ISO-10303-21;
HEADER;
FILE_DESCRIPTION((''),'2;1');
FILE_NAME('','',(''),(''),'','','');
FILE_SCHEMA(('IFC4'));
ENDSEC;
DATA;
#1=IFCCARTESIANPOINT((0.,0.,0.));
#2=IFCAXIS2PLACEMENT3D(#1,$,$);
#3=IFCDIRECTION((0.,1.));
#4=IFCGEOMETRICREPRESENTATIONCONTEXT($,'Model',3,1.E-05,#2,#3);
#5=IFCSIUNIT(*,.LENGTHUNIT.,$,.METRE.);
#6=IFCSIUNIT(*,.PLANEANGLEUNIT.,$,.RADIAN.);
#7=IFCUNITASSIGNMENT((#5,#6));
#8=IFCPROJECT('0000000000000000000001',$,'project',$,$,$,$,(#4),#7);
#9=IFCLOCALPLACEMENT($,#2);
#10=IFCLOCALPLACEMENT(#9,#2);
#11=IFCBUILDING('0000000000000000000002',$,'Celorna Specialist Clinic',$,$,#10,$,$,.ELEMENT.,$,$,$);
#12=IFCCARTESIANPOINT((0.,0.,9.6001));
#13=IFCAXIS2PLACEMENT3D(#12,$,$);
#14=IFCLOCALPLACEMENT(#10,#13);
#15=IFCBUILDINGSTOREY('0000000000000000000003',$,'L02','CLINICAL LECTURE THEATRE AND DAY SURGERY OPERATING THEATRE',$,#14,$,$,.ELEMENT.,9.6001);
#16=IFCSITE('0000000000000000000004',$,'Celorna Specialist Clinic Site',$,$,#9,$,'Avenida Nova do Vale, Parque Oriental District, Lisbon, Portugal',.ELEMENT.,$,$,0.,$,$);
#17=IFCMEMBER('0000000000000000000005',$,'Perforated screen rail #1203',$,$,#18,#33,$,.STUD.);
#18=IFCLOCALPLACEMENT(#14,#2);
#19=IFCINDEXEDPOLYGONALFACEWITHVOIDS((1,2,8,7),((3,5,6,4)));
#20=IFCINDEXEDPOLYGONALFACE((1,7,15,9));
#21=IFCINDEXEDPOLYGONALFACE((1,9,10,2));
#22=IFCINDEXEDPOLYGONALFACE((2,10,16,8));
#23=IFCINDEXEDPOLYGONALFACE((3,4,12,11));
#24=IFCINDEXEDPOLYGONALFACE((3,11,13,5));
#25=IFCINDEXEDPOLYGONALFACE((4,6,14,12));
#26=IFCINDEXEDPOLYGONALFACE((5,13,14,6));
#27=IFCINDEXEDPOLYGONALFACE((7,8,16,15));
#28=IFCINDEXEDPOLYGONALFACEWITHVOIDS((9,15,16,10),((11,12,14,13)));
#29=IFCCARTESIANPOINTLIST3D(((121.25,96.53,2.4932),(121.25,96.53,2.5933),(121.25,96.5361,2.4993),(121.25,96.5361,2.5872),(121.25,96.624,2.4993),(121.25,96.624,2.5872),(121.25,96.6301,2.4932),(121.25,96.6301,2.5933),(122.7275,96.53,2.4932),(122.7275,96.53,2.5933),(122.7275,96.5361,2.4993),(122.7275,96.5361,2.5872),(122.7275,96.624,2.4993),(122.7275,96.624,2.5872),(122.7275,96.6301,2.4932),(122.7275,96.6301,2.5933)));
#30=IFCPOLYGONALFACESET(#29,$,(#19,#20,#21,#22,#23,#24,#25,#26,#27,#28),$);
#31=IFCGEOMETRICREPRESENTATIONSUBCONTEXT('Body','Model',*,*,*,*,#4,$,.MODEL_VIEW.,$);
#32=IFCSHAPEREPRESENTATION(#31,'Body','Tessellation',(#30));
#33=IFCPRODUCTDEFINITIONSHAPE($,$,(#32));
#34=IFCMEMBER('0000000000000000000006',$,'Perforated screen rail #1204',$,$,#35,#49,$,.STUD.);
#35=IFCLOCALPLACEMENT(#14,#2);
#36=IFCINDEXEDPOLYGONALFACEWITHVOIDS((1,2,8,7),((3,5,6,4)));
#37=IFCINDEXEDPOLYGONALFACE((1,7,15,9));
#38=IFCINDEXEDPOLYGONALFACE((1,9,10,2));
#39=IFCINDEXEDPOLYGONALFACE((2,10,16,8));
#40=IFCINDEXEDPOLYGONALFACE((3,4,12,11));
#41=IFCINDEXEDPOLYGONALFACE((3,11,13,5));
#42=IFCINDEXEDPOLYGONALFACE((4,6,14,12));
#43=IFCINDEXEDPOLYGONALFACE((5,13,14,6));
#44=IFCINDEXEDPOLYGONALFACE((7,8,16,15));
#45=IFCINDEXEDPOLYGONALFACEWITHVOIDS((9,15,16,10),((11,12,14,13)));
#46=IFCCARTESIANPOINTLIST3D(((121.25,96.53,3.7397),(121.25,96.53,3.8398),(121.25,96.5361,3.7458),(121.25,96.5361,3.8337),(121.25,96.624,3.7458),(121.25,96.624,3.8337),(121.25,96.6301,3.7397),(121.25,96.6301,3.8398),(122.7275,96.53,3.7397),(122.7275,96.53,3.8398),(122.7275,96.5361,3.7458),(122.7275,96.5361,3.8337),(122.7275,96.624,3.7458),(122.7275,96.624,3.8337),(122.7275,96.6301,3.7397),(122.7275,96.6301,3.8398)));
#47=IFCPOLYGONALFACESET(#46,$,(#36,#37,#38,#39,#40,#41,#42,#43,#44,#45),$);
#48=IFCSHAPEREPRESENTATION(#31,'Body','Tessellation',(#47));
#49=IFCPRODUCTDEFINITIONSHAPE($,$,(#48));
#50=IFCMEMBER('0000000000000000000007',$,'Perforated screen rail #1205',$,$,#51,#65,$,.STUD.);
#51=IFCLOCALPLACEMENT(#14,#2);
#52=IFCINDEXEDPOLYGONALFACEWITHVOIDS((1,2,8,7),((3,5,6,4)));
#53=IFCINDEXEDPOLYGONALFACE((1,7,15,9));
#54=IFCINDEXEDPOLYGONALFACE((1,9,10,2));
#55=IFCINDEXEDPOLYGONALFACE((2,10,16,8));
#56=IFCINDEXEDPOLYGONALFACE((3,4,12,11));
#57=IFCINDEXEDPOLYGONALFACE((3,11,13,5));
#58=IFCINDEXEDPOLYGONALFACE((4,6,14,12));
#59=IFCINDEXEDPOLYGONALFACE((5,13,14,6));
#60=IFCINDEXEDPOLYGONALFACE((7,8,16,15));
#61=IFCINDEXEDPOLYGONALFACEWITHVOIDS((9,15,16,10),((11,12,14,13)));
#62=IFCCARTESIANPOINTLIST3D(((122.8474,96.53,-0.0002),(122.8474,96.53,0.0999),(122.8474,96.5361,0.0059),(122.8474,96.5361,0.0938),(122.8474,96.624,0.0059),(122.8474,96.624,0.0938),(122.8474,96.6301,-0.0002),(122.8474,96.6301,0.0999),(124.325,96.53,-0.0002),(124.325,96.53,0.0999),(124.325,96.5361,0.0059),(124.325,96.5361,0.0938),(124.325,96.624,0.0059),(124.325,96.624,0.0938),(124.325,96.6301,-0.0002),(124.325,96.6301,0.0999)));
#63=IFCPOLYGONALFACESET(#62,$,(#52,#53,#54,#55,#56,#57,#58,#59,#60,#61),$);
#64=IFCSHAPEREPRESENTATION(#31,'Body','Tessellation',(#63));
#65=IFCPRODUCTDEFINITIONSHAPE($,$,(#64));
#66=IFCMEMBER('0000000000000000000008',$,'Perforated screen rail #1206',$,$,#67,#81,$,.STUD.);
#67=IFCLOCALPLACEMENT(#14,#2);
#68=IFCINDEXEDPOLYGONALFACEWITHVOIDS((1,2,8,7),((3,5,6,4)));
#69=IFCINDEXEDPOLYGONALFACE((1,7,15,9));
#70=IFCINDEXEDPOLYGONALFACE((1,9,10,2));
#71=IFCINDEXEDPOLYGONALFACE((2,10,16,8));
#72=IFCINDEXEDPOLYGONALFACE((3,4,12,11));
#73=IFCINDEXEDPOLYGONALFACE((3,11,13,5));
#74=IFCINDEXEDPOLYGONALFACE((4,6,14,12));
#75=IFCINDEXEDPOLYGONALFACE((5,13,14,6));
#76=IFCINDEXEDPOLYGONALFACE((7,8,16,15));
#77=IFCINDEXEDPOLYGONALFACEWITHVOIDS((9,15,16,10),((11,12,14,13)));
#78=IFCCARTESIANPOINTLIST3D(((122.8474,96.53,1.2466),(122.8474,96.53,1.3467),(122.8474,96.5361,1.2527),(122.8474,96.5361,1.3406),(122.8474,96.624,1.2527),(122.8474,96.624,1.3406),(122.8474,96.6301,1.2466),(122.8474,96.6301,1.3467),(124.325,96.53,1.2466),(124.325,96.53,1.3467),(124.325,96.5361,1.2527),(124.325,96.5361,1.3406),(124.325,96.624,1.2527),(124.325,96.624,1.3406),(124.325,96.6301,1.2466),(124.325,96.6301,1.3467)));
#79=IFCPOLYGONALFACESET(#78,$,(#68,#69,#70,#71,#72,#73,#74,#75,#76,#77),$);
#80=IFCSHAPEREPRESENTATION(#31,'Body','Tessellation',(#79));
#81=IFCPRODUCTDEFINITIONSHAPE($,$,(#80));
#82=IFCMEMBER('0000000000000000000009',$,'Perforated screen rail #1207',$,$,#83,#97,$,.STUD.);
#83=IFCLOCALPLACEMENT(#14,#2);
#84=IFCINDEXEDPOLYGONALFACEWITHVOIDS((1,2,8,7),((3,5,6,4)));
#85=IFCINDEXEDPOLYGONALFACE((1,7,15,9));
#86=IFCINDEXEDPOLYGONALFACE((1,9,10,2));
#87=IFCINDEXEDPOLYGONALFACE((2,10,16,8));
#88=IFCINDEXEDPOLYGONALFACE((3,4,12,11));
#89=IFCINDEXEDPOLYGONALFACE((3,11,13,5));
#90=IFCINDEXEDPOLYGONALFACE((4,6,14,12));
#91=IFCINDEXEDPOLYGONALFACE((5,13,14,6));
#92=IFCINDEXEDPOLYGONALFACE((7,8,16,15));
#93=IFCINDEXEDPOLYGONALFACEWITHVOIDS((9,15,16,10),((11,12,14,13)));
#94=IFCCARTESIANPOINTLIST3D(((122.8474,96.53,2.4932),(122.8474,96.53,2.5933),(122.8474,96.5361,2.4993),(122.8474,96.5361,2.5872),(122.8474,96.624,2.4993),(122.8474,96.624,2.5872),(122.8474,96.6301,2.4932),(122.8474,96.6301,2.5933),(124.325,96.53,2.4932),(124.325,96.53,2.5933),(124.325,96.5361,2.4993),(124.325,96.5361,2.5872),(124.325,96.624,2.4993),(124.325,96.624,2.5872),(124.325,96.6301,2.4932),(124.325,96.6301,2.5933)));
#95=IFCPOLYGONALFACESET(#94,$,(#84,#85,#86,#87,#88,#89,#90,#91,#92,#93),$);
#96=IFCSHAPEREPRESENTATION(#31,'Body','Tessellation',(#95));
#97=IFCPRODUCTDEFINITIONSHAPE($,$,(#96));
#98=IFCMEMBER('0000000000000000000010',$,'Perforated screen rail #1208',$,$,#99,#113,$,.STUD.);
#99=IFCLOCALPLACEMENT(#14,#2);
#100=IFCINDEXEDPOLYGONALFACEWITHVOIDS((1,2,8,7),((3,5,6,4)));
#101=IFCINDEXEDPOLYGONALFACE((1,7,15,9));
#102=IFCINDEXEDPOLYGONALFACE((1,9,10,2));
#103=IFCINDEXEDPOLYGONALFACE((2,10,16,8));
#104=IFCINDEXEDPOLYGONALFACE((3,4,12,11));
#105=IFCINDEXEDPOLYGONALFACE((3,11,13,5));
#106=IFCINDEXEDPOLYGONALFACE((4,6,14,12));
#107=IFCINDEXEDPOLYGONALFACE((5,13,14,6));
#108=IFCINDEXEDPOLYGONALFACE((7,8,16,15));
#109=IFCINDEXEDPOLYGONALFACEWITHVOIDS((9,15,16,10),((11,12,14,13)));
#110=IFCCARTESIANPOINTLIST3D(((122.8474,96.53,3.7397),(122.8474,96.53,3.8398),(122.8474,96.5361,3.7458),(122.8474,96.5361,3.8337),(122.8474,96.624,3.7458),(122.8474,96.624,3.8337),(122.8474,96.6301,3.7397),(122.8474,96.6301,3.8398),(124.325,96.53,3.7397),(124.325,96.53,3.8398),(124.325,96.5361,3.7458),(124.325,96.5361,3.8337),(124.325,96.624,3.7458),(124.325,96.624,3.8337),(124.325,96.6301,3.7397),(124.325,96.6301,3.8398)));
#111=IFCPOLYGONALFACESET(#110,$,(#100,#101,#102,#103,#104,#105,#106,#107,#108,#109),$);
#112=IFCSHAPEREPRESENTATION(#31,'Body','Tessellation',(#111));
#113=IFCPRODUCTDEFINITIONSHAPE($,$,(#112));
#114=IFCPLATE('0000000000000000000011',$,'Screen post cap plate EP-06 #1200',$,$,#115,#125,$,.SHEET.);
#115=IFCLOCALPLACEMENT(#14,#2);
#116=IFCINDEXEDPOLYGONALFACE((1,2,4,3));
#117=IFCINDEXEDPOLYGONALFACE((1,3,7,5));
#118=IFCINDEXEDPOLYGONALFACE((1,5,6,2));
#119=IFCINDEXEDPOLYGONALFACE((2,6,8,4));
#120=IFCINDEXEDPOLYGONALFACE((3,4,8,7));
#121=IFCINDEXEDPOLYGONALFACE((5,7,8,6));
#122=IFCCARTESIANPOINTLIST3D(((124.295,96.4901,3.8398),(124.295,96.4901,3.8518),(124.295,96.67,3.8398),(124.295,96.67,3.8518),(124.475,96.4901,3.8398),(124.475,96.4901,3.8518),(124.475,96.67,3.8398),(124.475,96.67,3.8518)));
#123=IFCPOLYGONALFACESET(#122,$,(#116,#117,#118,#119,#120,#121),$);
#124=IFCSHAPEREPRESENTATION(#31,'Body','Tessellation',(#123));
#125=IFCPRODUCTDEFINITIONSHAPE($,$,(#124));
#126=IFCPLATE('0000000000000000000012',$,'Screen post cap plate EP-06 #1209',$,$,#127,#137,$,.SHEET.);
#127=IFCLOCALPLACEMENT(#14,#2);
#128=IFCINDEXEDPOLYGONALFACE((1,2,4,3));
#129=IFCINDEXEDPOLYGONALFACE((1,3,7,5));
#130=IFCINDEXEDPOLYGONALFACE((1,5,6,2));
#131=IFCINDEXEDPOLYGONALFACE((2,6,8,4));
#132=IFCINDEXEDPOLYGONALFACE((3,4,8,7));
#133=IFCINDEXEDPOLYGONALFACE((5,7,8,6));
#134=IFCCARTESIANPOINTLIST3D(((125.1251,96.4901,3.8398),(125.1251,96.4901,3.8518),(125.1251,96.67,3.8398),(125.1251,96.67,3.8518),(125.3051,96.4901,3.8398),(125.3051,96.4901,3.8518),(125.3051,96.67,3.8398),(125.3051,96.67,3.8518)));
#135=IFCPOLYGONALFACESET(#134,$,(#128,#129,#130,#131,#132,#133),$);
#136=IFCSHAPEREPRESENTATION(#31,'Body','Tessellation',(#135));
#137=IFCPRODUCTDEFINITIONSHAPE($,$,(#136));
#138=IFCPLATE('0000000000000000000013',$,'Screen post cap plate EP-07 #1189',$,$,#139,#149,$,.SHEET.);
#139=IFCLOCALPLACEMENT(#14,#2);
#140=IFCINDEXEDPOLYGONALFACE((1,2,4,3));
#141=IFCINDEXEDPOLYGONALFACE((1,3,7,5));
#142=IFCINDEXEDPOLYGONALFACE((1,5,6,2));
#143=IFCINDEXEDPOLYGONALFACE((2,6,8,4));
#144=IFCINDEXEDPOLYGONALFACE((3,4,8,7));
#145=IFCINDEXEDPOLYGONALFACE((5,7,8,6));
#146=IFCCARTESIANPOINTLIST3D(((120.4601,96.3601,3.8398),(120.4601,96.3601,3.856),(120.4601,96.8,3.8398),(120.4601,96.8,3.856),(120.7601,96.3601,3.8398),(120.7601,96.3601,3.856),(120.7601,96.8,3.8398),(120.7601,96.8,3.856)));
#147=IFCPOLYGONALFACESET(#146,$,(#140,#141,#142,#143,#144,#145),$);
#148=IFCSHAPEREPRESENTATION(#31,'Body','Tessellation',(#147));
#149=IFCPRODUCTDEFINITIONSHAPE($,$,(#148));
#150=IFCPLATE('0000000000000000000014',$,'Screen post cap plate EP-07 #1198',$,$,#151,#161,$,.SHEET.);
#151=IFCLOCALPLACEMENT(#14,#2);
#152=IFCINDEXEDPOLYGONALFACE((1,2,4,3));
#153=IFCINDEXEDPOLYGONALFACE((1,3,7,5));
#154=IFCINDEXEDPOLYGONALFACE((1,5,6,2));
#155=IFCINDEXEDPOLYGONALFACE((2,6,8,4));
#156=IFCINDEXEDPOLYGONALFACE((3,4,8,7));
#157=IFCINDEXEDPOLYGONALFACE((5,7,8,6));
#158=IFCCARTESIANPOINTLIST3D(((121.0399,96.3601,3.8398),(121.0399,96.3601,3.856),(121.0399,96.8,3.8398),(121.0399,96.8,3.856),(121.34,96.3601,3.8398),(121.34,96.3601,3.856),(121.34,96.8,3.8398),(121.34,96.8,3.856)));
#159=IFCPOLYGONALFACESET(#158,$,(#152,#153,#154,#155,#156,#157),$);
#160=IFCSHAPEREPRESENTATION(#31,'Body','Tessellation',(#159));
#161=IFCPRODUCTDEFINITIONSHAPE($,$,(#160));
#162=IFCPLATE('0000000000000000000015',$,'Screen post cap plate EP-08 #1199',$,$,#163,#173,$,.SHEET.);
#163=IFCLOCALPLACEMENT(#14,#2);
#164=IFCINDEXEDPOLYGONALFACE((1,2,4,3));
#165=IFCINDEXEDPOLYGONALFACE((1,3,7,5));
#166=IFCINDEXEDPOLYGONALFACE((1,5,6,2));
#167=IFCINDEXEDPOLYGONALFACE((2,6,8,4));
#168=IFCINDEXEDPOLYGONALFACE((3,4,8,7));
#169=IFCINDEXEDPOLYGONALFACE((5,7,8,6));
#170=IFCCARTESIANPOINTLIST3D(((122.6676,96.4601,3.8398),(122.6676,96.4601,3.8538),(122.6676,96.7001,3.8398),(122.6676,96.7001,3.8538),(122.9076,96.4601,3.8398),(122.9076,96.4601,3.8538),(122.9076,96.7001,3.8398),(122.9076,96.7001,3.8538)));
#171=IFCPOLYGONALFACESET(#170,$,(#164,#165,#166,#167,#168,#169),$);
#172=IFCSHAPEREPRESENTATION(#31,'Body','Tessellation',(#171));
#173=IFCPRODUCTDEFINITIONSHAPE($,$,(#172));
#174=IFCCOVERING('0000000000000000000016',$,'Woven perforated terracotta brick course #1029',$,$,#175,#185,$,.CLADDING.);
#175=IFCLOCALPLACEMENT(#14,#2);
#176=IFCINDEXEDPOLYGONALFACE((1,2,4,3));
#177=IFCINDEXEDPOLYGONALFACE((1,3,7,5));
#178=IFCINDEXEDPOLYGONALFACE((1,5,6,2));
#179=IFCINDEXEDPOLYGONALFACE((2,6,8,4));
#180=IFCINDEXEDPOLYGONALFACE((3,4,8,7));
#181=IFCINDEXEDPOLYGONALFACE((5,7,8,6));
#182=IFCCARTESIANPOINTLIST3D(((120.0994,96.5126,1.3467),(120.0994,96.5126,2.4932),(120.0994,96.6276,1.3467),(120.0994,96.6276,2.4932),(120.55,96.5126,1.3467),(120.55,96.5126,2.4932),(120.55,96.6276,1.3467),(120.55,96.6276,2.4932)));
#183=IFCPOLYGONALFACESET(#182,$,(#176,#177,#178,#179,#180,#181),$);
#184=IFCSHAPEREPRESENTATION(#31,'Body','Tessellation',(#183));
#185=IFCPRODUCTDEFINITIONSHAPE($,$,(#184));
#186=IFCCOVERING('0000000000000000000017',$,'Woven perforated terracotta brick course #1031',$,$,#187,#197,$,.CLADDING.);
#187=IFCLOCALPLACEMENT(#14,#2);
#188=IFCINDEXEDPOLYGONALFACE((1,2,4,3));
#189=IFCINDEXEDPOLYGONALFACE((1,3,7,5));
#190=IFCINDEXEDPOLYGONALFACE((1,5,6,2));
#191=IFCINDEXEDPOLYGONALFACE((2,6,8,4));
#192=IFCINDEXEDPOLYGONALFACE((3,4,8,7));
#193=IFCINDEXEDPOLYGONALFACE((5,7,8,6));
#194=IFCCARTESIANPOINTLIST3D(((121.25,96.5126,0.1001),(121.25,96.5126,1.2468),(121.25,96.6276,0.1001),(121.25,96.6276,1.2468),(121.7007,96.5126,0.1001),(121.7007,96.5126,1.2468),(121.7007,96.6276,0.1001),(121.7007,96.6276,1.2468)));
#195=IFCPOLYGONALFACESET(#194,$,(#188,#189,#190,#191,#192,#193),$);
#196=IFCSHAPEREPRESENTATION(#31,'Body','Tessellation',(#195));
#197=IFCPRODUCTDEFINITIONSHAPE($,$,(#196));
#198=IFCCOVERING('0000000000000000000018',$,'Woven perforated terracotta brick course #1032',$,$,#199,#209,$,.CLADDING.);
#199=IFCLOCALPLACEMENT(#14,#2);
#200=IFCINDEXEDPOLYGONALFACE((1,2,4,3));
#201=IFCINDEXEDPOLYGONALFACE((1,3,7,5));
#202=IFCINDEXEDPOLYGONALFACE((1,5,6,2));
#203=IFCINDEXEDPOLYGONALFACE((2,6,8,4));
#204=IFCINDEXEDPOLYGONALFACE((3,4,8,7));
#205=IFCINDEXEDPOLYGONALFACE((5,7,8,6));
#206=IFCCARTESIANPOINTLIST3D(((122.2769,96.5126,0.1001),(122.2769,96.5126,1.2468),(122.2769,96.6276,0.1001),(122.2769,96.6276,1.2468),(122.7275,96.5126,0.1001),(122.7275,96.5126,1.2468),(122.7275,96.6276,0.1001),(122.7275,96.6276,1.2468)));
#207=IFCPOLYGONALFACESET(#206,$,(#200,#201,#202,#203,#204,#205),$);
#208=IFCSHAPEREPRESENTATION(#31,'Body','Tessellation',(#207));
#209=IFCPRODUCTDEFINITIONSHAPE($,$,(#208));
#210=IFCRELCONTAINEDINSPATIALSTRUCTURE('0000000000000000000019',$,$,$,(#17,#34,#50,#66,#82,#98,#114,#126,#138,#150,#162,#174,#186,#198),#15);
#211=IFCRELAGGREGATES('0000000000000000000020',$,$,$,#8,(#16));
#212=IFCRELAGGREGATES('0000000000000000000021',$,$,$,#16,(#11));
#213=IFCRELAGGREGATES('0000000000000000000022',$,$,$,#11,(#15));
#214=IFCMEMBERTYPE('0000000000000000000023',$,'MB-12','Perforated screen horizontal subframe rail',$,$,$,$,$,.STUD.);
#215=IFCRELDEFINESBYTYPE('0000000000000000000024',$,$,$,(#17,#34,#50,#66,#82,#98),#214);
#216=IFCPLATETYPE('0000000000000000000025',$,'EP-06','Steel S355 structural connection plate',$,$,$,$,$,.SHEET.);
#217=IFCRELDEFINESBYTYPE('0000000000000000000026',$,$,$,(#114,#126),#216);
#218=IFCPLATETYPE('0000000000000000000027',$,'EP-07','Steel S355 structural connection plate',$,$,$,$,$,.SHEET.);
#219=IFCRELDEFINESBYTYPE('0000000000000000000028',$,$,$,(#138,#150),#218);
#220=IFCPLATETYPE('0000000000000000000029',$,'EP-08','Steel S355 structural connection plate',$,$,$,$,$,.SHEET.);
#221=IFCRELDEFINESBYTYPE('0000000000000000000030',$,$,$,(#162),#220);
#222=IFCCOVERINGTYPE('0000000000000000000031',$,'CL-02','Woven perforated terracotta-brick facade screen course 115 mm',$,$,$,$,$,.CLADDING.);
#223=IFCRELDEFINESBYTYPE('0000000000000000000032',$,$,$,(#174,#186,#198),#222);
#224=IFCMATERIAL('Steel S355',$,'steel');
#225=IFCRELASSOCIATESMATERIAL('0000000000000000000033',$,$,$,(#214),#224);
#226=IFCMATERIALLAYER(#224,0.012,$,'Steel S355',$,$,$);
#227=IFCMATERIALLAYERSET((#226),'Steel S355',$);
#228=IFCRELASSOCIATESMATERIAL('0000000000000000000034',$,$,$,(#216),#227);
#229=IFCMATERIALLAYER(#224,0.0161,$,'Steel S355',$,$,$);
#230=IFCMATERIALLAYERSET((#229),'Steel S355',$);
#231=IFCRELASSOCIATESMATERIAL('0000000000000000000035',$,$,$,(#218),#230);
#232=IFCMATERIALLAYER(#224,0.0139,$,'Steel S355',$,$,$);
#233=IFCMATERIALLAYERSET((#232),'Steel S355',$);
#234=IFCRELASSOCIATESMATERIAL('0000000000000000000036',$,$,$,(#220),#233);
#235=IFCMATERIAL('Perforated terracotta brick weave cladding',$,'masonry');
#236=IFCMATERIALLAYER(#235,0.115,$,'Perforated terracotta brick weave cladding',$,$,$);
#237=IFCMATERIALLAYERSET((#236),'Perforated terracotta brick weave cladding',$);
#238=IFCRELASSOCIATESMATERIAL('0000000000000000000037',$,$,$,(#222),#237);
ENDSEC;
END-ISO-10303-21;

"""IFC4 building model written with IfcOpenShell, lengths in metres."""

from ifc_helpers import new_model, si_unit, direction, frame, origin, origin_2d, place, context, subcontext, project, spatial, rectangle, hollow_rectangle, extrude, material, layer, layer_set, material_profile, profile_set, type_object, element, save


model = new_model("IFC4")

# Units and contexts
model_context = context("Model", 3, precision=1e-05, world=origin(), true_north=direction((0.0, 1.0)))
body_context = subcontext(model_context, "Body", "Model", "MODEL_VIEW")
ifc_project = project(units=[si_unit("LENGTHUNIT", "METRE"), si_unit("PLANEANGLEUNIT", "RADIAN")], contexts=[model_context])

# Site, building, storey
site_placement = place(None, origin())
site = spatial("IfcSite", under=ifc_project, at=site_placement, Name="Celorna Specialist Clinic Site", LongName="Avenida Nova do Vale, Parque Oriental District, Lisbon, Portugal", CompositionType="ELEMENT", RefElevation=0.0)
building_placement = place(site_placement, origin())
building = spatial("IfcBuilding", under=site, at=building_placement, Name="Celorna Specialist Clinic", CompositionType="ELEMENT")
storey_placement = place(building_placement, frame((0.0, 0.0, 9.6001)))
storey = spatial("IfcBuildingStorey", under=building, at=storey_placement, Name="L02", Description="CLINICAL LECTURE THEATRE AND DAY SURGERY OPERATING THEATRE", CompositionType="ELEMENT", Elevation=9.6001)

# Shared definitions
ifc_material_1 = material(Name="Steel S355", Category="steel")

# Members
ifc_material_profile_1 = material_profile(ifc_material_1, hollow_rectangle(XDim=0.1001, YDim=0.1001, WallThickness=0.0061, at=origin_2d()), Name="SHS 100x100x6")
ifc_profile_set_1 = profile_set([ifc_material_profile_1], Name="Steel S355")
member_type_1 = type_object("IfcMemberType", Name="MB-12", Description="Perforated screen horizontal subframe rail", PredefinedType="STUD", material=ifc_profile_set_1)
for number, where, z_axis, x_axis, name in (
    (1, (121.25, 96.5801, 2.5432), (1.0, 0.0, 0.0), (0.0, 1.0, 0.0), "Perforated screen rail #1203"),
    (2, (121.25, 96.5801, 3.7898), (1.0, 0.0, 0.0), (0.0, 1.0, 0.0), "Perforated screen rail #1204"),
    (3, (122.8474, 96.5801, 0.0498), (1.0, 0.0, 0.0), (0.0, 1.0, 0.0), "Perforated screen rail #1205"),
    (4, (122.8474, 96.5801, 1.2966), (1.0, 0.0, 0.0), (0.0, 1.0, 0.0), "Perforated screen rail #1206"),
    (5, (122.8474, 96.5801, 2.5432), (1.0, 0.0, 0.0), (0.0, 1.0, 0.0), "Perforated screen rail #1207"),
    (6, (122.8474, 96.5801, 3.7898), (1.0, 0.0, 0.0), (0.0, 1.0, 0.0), "Perforated screen rail #1208"),
):
    element("IfcMember", number, at=place(storey_placement, frame(where, z_axis=z_axis, x_axis=x_axis)), inside=storey, type_object=member_type_1, Name=name, PredefinedType="STUD", context=body_context, shape_type="SweptSolid", body=[
        extrude(hollow_rectangle(XDim=0.1001, YDim=0.1001, WallThickness=0.0061, at=origin_2d()), origin(), (0.0, 0.0, 1.0), 1.4775),
    ])

# Plates
ifc_layer_1 = layer(ifc_material_1, 0.012, Name="Steel S355")
ifc_layer_set_1 = layer_set([ifc_layer_1], Name="Steel S355")
plate_type_1 = type_object("IfcPlateType", Name="EP-06", Description="Steel S355 structural connection plate", PredefinedType="SHEET", material=ifc_layer_set_1)
for number, where, z_axis, x_axis, name in (
    (7, (124.385, 96.5801, 3.8398), (0.0, 0.0, 1.0), (1.0, 0.0, 0.0), "Screen post cap plate EP-06 #1200"),
    (8, (125.2151, 96.5801, 3.8398), (0.0, 0.0, 1.0), (1.0, 0.0, 0.0), "Screen post cap plate EP-06 #1209"),
):
    element("IfcPlate", number, at=place(storey_placement, frame(where, z_axis=z_axis, x_axis=x_axis)), inside=storey, type_object=plate_type_1, Name=name, PredefinedType="SHEET", context=body_context, shape_type="SweptSolid", body=[
        extrude(rectangle(XDim=0.1799, YDim=0.1799, at=origin_2d()), origin(), (0.0, 0.0, 1.0), 0.012),
    ])
ifc_layer_2 = layer(ifc_material_1, 0.0161, Name="Steel S355")
ifc_layer_set_2 = layer_set([ifc_layer_2], Name="Steel S355")
plate_type_2 = type_object("IfcPlateType", Name="EP-07", Description="Steel S355 structural connection plate", PredefinedType="SHEET", material=ifc_layer_set_2)
for number, where, z_axis, x_axis, name in (
    (9, (120.6101, 96.5801, 3.8398), (0.0, 0.0, 1.0), (1.0, 0.0, 0.0), "Screen post cap plate EP-07 #1189"),
    (10, (121.1899, 96.5801, 3.8398), (0.0, 0.0, 1.0), (1.0, 0.0, 0.0), "Screen post cap plate EP-07 #1198"),
):
    element("IfcPlate", number, at=place(storey_placement, frame(where, z_axis=z_axis, x_axis=x_axis)), inside=storey, type_object=plate_type_2, Name=name, PredefinedType="SHEET", context=body_context, shape_type="SweptSolid", body=[
        extrude(rectangle(XDim=0.3, YDim=0.4399, at=origin_2d()), origin(), (0.0, 0.0, 1.0), 0.0161),
    ])
ifc_layer_3 = layer(ifc_material_1, 0.0139, Name="Steel S355")
ifc_layer_set_3 = layer_set([ifc_layer_3], Name="Steel S355")
plate_type_3 = type_object("IfcPlateType", Name="EP-08", Description="Steel S355 structural connection plate", PredefinedType="SHEET", material=ifc_layer_set_3)
plate_placement = place(storey_placement, frame((122.7876, 96.5801, 3.8398), z_axis=(0.0, 0.0, 1.0), x_axis=(1.0, 0.0, 0.0)))
element("IfcPlate", 11, at=plate_placement, inside=storey, type_object=plate_type_3, Name="Screen post cap plate EP-08 #1199", PredefinedType="SHEET", context=body_context, shape_type="SweptSolid", body=[
    extrude(rectangle(XDim=0.24, YDim=0.24, at=origin_2d()), origin(), (0.0, 0.0, 1.0), 0.0139),
])

# Coverings
ifc_material_2 = material(Name="Perforated terracotta brick weave cladding", Category="masonry")
ifc_layer_4 = layer(ifc_material_2, 0.115, Name="Perforated terracotta brick weave cladding")
ifc_layer_set_4 = layer_set([ifc_layer_4], Name="Perforated terracotta brick weave cladding")
covering_type = type_object("IfcCoveringType", Name="CL-02", Description="Woven perforated terracotta-brick facade screen course 115 mm", PredefinedType="CLADDING", material=ifc_layer_set_4)
covering_1_placement = place(storey_placement, frame((120.3247, 96.5701, 1.3467), z_axis=(0.0, 0.0, 1.0), x_axis=(1.0, 0.0, 0.0)))
element("IfcCovering", 12, at=covering_1_placement, inside=storey, type_object=covering_type, Name="Woven perforated terracotta brick course #1029", PredefinedType="CLADDING", context=body_context, shape_type="SweptSolid", body=[
    extrude(rectangle(XDim=0.4507, YDim=0.115, at=origin_2d()), origin(), (0.0, 0.0, 1.0), 1.1465),
])
for number, where, z_axis, x_axis, name in (
    (13, (121.4753, 96.5701, 0.1001), (0.0, 0.0, 1.0), (1.0, 0.0, 0.0), "Woven perforated terracotta brick course #1031"),
    (14, (122.5022, 96.5701, 0.1001), (0.0, 0.0, 1.0), (1.0, 0.0, 0.0), "Woven perforated terracotta brick course #1032"),
):
    element("IfcCovering", number, at=place(storey_placement, frame(where, z_axis=z_axis, x_axis=x_axis)), inside=storey, type_object=covering_type, Name=name, PredefinedType="CLADDING", context=body_context, shape_type="SweptSolid", body=[
        extrude(rectangle(XDim=0.4507, YDim=0.115, at=origin_2d()), origin(), (0.0, 0.0, 1.0), 1.1467),
    ])

save(model, "model.ifc")
